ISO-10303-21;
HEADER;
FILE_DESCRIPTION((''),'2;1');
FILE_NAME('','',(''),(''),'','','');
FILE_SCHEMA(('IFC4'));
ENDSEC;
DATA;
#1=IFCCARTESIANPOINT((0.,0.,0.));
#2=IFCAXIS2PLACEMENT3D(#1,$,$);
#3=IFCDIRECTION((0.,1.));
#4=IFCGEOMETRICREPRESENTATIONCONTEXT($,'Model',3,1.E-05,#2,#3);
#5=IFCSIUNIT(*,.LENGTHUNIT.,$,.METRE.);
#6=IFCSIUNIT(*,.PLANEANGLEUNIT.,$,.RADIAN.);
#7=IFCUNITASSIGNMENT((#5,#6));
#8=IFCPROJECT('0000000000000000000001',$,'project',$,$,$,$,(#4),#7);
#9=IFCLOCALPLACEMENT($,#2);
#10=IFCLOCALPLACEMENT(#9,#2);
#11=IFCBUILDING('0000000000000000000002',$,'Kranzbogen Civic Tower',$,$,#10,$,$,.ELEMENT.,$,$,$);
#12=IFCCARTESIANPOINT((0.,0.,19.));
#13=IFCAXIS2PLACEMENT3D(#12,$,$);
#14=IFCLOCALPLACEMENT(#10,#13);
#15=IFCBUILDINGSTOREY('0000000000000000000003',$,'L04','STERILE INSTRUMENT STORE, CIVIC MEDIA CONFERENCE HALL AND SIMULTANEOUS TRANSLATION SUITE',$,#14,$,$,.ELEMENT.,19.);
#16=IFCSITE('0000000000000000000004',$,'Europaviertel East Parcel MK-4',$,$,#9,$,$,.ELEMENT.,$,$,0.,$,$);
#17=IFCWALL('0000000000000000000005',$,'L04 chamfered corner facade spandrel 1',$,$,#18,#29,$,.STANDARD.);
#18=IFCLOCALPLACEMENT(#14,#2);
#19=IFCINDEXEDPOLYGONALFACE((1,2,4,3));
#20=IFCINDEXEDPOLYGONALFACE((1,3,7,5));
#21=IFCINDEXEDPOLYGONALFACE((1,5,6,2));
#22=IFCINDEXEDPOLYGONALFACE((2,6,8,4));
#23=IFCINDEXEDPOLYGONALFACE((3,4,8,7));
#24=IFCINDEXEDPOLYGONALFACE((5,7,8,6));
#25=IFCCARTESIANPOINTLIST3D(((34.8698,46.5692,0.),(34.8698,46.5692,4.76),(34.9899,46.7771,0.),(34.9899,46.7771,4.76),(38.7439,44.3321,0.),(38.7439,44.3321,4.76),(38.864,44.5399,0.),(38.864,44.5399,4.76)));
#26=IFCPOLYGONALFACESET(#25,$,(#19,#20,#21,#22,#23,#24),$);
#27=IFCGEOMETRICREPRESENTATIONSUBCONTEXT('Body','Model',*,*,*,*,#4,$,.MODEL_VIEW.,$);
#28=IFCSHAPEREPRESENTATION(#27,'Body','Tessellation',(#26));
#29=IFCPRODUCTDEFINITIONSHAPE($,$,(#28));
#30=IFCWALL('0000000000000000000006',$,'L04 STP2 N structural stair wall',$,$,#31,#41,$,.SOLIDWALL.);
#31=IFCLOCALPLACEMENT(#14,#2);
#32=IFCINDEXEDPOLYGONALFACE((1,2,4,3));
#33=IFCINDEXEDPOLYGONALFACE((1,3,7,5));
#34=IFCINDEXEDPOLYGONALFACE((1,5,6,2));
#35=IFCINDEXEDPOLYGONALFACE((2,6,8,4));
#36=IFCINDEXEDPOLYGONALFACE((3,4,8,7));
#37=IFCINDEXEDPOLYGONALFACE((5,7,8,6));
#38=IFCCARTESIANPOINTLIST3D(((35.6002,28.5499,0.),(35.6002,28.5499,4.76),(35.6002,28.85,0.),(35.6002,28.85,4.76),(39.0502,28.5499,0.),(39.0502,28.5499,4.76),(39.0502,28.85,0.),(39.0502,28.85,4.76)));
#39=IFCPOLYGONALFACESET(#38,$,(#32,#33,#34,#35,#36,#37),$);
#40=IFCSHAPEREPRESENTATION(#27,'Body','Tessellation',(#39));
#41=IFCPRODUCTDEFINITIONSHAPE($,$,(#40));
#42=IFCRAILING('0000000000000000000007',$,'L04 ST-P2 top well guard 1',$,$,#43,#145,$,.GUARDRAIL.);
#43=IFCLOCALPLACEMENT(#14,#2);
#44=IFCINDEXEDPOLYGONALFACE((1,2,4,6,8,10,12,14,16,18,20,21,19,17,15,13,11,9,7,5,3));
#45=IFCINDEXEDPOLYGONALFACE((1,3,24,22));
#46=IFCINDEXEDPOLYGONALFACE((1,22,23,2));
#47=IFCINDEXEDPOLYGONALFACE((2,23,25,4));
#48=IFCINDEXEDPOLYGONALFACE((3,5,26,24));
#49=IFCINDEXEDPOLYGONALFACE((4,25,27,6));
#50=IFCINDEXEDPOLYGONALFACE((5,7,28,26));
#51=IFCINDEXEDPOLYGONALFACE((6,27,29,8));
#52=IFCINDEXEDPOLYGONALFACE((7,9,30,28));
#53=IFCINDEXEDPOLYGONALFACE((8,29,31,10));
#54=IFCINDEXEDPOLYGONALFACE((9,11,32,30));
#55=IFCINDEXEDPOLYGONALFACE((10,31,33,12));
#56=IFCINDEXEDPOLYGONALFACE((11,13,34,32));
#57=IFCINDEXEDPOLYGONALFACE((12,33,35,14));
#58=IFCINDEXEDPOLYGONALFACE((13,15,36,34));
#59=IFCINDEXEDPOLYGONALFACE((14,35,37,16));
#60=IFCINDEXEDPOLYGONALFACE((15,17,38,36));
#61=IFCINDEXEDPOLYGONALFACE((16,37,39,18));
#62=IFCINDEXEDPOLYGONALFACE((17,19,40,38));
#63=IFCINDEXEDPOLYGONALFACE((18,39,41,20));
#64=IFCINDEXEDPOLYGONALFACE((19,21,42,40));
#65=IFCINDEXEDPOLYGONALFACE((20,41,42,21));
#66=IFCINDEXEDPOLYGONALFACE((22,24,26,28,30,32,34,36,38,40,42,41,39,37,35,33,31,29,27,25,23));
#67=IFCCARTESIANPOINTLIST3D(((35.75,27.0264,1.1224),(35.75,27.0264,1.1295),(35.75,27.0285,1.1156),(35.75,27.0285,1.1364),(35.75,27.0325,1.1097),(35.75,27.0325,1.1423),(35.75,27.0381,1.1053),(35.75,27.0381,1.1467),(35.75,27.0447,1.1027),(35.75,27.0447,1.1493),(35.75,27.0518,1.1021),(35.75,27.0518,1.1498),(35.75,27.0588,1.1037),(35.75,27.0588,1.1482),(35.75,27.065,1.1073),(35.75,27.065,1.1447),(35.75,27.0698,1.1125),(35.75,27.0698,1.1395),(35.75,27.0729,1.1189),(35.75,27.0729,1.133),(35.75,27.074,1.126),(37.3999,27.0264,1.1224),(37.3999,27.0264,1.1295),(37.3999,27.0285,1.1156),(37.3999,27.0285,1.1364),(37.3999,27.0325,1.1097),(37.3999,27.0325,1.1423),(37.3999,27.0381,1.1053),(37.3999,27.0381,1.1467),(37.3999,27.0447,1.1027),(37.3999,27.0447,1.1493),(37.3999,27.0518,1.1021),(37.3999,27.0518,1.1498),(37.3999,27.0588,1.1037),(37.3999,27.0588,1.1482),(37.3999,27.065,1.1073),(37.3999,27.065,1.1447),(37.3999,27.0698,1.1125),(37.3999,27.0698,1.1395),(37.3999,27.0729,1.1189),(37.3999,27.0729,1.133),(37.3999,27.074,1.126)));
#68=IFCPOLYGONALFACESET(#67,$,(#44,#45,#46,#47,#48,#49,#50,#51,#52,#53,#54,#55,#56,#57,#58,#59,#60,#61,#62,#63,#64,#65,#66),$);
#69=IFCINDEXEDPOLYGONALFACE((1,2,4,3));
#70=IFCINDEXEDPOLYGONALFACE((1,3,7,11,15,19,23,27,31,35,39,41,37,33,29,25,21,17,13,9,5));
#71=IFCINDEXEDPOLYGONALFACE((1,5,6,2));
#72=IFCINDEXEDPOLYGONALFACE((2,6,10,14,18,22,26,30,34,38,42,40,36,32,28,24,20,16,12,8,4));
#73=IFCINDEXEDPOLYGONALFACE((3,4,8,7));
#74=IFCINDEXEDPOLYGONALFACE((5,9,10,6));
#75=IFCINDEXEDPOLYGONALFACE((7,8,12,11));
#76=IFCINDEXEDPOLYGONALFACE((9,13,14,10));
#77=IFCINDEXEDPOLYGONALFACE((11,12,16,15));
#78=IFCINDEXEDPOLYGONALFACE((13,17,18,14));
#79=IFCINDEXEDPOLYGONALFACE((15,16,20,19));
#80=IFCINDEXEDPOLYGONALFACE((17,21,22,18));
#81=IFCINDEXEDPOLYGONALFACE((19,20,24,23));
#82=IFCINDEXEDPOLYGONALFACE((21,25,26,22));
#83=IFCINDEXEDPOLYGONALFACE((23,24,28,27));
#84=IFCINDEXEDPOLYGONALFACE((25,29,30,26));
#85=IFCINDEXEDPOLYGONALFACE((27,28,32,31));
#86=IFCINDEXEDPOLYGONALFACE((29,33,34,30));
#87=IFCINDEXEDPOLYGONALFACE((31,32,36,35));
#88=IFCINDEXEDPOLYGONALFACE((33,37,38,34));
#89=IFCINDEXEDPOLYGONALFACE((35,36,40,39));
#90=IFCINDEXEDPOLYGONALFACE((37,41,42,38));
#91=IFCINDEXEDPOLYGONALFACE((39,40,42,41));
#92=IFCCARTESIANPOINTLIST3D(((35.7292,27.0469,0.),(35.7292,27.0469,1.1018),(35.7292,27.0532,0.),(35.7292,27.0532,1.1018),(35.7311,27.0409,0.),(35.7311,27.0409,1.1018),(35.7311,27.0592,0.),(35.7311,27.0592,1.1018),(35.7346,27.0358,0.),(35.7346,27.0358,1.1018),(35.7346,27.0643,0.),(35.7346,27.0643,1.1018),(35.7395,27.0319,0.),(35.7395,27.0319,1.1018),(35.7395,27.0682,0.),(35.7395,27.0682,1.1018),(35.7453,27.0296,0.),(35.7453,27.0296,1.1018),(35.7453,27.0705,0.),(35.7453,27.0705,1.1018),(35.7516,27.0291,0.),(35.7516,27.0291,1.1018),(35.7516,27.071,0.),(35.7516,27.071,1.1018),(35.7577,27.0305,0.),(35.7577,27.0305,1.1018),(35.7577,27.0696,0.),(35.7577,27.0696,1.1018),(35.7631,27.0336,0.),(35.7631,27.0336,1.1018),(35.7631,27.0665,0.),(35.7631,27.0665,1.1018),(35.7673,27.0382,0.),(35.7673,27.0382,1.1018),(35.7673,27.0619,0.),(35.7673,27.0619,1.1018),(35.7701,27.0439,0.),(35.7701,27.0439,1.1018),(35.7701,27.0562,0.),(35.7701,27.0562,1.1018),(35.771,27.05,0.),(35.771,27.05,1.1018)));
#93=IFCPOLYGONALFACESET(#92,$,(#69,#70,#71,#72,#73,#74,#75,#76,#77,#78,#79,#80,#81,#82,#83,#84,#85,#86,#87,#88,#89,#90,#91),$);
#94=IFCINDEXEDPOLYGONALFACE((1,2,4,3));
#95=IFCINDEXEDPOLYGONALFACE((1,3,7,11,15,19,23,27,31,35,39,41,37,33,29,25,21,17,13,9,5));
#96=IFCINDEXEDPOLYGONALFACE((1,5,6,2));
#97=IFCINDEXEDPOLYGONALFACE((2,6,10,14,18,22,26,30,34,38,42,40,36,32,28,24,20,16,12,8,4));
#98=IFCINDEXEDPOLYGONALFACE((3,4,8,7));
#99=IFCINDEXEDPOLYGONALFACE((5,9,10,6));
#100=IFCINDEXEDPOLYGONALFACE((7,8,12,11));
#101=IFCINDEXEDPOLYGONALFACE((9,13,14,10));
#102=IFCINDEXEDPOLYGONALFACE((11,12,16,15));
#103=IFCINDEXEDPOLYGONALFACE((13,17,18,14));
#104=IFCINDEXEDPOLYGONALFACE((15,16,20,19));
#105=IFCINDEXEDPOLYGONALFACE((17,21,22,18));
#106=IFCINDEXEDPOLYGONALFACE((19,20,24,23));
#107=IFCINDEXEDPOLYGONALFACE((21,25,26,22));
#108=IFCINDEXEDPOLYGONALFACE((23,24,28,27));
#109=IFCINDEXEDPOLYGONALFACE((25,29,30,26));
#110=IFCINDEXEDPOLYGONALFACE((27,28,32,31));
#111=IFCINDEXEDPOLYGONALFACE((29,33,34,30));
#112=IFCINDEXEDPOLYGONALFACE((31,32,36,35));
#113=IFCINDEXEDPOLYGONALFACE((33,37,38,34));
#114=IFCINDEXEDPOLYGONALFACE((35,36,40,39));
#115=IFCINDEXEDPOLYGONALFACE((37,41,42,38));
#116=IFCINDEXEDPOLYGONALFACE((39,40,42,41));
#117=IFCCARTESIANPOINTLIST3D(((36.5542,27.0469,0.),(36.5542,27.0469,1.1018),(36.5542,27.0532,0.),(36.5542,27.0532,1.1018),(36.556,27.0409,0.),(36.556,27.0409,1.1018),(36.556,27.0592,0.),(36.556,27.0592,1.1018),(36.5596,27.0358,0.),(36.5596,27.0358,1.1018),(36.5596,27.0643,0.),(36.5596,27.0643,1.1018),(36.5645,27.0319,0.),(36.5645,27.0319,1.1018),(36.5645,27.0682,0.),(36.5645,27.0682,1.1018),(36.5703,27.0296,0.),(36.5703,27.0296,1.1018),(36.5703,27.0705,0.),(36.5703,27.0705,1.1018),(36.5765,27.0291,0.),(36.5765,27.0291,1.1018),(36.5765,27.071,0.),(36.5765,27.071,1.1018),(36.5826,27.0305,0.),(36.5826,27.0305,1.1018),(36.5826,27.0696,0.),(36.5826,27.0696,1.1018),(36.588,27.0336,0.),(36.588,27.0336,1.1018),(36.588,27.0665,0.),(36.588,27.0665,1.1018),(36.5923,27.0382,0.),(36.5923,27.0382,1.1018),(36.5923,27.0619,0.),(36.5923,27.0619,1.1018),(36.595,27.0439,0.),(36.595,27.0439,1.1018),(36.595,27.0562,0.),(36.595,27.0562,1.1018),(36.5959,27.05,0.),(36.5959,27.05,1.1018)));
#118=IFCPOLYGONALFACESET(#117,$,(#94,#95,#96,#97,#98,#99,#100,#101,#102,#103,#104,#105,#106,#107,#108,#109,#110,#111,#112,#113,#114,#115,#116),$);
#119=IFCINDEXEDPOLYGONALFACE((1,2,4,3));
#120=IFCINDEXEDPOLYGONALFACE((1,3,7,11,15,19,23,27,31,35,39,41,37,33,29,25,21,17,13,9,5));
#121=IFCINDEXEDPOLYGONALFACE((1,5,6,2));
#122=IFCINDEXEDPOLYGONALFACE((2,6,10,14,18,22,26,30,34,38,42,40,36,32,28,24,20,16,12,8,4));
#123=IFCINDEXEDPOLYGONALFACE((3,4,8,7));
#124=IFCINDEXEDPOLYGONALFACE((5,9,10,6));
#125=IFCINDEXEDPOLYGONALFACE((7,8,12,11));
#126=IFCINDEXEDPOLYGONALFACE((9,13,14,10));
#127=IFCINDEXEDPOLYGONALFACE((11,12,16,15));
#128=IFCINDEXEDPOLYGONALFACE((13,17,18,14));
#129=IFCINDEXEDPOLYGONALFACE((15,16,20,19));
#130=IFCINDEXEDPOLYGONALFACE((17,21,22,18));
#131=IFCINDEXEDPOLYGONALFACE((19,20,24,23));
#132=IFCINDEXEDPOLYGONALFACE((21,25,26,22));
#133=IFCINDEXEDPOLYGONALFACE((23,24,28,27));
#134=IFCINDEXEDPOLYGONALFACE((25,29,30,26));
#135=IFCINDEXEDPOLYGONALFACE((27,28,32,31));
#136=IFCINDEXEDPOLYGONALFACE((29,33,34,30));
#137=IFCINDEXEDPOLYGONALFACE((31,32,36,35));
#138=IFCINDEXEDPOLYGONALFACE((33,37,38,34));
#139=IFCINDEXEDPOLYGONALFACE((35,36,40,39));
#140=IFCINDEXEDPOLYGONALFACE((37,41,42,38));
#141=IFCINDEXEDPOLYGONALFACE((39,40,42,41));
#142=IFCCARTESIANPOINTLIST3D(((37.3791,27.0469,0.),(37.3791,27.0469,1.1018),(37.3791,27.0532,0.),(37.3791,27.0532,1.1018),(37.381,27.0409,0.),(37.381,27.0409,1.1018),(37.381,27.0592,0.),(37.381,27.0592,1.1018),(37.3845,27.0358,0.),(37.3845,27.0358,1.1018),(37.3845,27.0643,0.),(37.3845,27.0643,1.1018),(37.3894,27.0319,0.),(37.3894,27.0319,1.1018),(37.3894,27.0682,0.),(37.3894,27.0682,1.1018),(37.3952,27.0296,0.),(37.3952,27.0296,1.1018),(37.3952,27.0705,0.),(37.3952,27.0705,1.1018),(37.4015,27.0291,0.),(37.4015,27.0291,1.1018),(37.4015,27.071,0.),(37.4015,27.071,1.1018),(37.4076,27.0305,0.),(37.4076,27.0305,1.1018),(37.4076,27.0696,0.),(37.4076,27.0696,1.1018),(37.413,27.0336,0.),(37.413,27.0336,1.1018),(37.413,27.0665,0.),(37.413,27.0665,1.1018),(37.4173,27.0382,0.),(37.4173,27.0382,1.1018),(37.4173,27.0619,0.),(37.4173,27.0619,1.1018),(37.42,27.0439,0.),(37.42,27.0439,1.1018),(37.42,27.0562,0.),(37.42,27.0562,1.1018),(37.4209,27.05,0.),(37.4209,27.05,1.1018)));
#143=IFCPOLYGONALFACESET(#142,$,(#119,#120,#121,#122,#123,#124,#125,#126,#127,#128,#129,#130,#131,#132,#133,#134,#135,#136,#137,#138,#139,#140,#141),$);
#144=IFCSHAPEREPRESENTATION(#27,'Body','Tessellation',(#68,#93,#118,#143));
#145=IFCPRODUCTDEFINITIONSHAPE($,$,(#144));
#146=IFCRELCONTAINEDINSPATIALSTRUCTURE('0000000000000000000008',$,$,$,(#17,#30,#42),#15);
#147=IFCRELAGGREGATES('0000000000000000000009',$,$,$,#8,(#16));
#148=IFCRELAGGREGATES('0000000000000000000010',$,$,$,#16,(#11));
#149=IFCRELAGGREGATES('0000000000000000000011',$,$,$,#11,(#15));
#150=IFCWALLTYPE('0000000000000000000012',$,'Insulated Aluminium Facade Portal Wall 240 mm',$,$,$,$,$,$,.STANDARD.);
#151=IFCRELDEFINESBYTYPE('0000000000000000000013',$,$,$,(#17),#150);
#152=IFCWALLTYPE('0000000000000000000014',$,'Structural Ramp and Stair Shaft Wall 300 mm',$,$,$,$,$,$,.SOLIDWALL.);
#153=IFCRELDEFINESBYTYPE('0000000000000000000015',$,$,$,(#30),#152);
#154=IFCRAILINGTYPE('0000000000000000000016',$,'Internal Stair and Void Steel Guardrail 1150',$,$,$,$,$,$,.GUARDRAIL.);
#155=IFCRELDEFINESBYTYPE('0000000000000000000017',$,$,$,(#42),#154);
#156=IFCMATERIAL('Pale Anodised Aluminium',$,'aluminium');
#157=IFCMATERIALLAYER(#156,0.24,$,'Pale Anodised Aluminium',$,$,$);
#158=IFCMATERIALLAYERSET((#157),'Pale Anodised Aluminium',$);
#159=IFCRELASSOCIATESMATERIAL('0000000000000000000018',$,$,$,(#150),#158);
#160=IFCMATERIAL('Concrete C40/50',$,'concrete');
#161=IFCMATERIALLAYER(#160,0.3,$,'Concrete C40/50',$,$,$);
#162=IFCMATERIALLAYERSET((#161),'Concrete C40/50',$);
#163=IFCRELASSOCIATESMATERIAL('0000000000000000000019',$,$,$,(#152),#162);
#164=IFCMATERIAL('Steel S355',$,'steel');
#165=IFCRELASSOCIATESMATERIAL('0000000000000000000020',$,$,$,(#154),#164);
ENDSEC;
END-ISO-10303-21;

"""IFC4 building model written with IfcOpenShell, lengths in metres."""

from ifc_helpers import new_model, si_unit, direction, frame, frame_2d, origin, origin_2d, place, context, subcontext, project, spatial, rectangle, circle, extrude, material, layer, layer_set, type_object, element, save


model = new_model("IFC4")

# Units and contexts
model_context = context("Model", 3, precision=1e-05, world=origin(), true_north=direction((0.0, 1.0)))
body_context = subcontext(model_context, "Body", "Model", "MODEL_VIEW")
ifc_project = project(units=[si_unit("LENGTHUNIT", "METRE"), si_unit("PLANEANGLEUNIT", "RADIAN")], contexts=[model_context])

# Site, building, storey
site_placement = place(None, origin())
site = spatial("IfcSite", under=ifc_project, at=site_placement, Name="Europaviertel East Parcel MK-4", CompositionType="ELEMENT", RefElevation=0.0)
building_placement = place(site_placement, origin())
building = spatial("IfcBuilding", under=site, at=building_placement, Name="Kranzbogen Civic Tower", CompositionType="ELEMENT")
storey_placement = place(building_placement, frame((0.0, 0.0, 19.0)))
storey = spatial("IfcBuildingStorey", under=building, at=storey_placement, Name="L04", Description="STERILE INSTRUMENT STORE, CIVIC MEDIA CONFERENCE HALL AND SIMULTANEOUS TRANSLATION SUITE", CompositionType="ELEMENT", Elevation=19.0)

# Shared definitions
ifc_material_1 = material(Name="Pale Anodised Aluminium", Category="aluminium")

# Shared definitions
ifc_material_2 = material(Name="Steel S355", Category="steel")

# Walls
ifc_layer_1 = layer(ifc_material_1, 0.24, Name="Pale Anodised Aluminium")
ifc_layer_set_1 = layer_set([ifc_layer_1], Name="Pale Anodised Aluminium")
wall_type_1 = type_object("IfcWallType", Name="Insulated Aluminium Facade Portal Wall 240 mm", PredefinedType="STANDARD", material=ifc_layer_set_1)
wall_1_placement = place(storey_placement, frame((38.804, 44.436, 0.0), z_axis=(0.0, 0.0, 1.0), x_axis=(-0.865987, 0.500066, 0.0)))
element("IfcWall", 1, at=wall_1_placement, inside=storey, type_object=wall_type_1, Name="L04 chamfered corner facade spandrel 1", PredefinedType="STANDARD", context=body_context, shape_type="SweptSolid", body=[
    extrude(rectangle(XDim=4.4736, YDim=0.24, at=frame_2d((2.2368, 0.0))), origin(), (0.0, 0.0, 1.0), 4.76),
])
ifc_material_3 = material(Name="Concrete C40/50", Category="concrete")
ifc_layer_2 = layer(ifc_material_3, 0.3, Name="Concrete C40/50")
ifc_layer_set_2 = layer_set([ifc_layer_2], Name="Concrete C40/50")
wall_type_2 = type_object("IfcWallType", Name="Structural Ramp and Stair Shaft Wall 300 mm", PredefinedType="SOLIDWALL", material=ifc_layer_set_2)
wall_2_placement = place(storey_placement, frame((35.6001, 28.7, 0.0), z_axis=(0.0, 0.0, 1.0), x_axis=(1.0, 0.0, 0.0)))
element("IfcWall", 2, at=wall_2_placement, inside=storey, type_object=wall_type_2, Name="L04 STP2 N structural stair wall", PredefinedType="SOLIDWALL", context=body_context, shape_type="SweptSolid", body=[
    extrude(rectangle(XDim=3.45, YDim=0.3, at=frame_2d((1.7251, 0.0))), origin(), (0.0, 0.0, 1.0), 4.76),
])

# Railing
railing_type = type_object("IfcRailingType", Name="Internal Stair and Void Steel Guardrail 1150", PredefinedType="GUARDRAIL", material=ifc_material_2)
railing_placement = place(storey_placement, frame((35.75, 27.05, 0.0)))
element("IfcRailing", 3, at=railing_placement, inside=storey, type_object=railing_type, Name="L04 ST-P2 top well guard 1", PredefinedType="GUARDRAIL", context=body_context, shape_type="SweptSolid", body=[
    extrude(circle(Radius=0.0239, at=origin_2d()), frame((0.0, 0.0, 1.126), z_axis=(1.0, 0.0, 0.0), x_axis=(0.0, 1.0, 0.0)), (0.0, 0.0, 1.0), 1.6499),
    extrude(circle(Radius=0.021, at=origin_2d()), origin(), (0.0, 0.0, 1.0), 1.1018),
    extrude(circle(Radius=0.021, at=origin_2d()), frame((0.825, 0.0, 0.0)), (0.0, 0.0, 1.0), 1.1018),
    extrude(circle(Radius=0.021, at=origin_2d()), frame((1.6499, 0.0, 0.0)), (0.0, 0.0, 1.0), 1.1018),
])

save(model, "model.ifc")
